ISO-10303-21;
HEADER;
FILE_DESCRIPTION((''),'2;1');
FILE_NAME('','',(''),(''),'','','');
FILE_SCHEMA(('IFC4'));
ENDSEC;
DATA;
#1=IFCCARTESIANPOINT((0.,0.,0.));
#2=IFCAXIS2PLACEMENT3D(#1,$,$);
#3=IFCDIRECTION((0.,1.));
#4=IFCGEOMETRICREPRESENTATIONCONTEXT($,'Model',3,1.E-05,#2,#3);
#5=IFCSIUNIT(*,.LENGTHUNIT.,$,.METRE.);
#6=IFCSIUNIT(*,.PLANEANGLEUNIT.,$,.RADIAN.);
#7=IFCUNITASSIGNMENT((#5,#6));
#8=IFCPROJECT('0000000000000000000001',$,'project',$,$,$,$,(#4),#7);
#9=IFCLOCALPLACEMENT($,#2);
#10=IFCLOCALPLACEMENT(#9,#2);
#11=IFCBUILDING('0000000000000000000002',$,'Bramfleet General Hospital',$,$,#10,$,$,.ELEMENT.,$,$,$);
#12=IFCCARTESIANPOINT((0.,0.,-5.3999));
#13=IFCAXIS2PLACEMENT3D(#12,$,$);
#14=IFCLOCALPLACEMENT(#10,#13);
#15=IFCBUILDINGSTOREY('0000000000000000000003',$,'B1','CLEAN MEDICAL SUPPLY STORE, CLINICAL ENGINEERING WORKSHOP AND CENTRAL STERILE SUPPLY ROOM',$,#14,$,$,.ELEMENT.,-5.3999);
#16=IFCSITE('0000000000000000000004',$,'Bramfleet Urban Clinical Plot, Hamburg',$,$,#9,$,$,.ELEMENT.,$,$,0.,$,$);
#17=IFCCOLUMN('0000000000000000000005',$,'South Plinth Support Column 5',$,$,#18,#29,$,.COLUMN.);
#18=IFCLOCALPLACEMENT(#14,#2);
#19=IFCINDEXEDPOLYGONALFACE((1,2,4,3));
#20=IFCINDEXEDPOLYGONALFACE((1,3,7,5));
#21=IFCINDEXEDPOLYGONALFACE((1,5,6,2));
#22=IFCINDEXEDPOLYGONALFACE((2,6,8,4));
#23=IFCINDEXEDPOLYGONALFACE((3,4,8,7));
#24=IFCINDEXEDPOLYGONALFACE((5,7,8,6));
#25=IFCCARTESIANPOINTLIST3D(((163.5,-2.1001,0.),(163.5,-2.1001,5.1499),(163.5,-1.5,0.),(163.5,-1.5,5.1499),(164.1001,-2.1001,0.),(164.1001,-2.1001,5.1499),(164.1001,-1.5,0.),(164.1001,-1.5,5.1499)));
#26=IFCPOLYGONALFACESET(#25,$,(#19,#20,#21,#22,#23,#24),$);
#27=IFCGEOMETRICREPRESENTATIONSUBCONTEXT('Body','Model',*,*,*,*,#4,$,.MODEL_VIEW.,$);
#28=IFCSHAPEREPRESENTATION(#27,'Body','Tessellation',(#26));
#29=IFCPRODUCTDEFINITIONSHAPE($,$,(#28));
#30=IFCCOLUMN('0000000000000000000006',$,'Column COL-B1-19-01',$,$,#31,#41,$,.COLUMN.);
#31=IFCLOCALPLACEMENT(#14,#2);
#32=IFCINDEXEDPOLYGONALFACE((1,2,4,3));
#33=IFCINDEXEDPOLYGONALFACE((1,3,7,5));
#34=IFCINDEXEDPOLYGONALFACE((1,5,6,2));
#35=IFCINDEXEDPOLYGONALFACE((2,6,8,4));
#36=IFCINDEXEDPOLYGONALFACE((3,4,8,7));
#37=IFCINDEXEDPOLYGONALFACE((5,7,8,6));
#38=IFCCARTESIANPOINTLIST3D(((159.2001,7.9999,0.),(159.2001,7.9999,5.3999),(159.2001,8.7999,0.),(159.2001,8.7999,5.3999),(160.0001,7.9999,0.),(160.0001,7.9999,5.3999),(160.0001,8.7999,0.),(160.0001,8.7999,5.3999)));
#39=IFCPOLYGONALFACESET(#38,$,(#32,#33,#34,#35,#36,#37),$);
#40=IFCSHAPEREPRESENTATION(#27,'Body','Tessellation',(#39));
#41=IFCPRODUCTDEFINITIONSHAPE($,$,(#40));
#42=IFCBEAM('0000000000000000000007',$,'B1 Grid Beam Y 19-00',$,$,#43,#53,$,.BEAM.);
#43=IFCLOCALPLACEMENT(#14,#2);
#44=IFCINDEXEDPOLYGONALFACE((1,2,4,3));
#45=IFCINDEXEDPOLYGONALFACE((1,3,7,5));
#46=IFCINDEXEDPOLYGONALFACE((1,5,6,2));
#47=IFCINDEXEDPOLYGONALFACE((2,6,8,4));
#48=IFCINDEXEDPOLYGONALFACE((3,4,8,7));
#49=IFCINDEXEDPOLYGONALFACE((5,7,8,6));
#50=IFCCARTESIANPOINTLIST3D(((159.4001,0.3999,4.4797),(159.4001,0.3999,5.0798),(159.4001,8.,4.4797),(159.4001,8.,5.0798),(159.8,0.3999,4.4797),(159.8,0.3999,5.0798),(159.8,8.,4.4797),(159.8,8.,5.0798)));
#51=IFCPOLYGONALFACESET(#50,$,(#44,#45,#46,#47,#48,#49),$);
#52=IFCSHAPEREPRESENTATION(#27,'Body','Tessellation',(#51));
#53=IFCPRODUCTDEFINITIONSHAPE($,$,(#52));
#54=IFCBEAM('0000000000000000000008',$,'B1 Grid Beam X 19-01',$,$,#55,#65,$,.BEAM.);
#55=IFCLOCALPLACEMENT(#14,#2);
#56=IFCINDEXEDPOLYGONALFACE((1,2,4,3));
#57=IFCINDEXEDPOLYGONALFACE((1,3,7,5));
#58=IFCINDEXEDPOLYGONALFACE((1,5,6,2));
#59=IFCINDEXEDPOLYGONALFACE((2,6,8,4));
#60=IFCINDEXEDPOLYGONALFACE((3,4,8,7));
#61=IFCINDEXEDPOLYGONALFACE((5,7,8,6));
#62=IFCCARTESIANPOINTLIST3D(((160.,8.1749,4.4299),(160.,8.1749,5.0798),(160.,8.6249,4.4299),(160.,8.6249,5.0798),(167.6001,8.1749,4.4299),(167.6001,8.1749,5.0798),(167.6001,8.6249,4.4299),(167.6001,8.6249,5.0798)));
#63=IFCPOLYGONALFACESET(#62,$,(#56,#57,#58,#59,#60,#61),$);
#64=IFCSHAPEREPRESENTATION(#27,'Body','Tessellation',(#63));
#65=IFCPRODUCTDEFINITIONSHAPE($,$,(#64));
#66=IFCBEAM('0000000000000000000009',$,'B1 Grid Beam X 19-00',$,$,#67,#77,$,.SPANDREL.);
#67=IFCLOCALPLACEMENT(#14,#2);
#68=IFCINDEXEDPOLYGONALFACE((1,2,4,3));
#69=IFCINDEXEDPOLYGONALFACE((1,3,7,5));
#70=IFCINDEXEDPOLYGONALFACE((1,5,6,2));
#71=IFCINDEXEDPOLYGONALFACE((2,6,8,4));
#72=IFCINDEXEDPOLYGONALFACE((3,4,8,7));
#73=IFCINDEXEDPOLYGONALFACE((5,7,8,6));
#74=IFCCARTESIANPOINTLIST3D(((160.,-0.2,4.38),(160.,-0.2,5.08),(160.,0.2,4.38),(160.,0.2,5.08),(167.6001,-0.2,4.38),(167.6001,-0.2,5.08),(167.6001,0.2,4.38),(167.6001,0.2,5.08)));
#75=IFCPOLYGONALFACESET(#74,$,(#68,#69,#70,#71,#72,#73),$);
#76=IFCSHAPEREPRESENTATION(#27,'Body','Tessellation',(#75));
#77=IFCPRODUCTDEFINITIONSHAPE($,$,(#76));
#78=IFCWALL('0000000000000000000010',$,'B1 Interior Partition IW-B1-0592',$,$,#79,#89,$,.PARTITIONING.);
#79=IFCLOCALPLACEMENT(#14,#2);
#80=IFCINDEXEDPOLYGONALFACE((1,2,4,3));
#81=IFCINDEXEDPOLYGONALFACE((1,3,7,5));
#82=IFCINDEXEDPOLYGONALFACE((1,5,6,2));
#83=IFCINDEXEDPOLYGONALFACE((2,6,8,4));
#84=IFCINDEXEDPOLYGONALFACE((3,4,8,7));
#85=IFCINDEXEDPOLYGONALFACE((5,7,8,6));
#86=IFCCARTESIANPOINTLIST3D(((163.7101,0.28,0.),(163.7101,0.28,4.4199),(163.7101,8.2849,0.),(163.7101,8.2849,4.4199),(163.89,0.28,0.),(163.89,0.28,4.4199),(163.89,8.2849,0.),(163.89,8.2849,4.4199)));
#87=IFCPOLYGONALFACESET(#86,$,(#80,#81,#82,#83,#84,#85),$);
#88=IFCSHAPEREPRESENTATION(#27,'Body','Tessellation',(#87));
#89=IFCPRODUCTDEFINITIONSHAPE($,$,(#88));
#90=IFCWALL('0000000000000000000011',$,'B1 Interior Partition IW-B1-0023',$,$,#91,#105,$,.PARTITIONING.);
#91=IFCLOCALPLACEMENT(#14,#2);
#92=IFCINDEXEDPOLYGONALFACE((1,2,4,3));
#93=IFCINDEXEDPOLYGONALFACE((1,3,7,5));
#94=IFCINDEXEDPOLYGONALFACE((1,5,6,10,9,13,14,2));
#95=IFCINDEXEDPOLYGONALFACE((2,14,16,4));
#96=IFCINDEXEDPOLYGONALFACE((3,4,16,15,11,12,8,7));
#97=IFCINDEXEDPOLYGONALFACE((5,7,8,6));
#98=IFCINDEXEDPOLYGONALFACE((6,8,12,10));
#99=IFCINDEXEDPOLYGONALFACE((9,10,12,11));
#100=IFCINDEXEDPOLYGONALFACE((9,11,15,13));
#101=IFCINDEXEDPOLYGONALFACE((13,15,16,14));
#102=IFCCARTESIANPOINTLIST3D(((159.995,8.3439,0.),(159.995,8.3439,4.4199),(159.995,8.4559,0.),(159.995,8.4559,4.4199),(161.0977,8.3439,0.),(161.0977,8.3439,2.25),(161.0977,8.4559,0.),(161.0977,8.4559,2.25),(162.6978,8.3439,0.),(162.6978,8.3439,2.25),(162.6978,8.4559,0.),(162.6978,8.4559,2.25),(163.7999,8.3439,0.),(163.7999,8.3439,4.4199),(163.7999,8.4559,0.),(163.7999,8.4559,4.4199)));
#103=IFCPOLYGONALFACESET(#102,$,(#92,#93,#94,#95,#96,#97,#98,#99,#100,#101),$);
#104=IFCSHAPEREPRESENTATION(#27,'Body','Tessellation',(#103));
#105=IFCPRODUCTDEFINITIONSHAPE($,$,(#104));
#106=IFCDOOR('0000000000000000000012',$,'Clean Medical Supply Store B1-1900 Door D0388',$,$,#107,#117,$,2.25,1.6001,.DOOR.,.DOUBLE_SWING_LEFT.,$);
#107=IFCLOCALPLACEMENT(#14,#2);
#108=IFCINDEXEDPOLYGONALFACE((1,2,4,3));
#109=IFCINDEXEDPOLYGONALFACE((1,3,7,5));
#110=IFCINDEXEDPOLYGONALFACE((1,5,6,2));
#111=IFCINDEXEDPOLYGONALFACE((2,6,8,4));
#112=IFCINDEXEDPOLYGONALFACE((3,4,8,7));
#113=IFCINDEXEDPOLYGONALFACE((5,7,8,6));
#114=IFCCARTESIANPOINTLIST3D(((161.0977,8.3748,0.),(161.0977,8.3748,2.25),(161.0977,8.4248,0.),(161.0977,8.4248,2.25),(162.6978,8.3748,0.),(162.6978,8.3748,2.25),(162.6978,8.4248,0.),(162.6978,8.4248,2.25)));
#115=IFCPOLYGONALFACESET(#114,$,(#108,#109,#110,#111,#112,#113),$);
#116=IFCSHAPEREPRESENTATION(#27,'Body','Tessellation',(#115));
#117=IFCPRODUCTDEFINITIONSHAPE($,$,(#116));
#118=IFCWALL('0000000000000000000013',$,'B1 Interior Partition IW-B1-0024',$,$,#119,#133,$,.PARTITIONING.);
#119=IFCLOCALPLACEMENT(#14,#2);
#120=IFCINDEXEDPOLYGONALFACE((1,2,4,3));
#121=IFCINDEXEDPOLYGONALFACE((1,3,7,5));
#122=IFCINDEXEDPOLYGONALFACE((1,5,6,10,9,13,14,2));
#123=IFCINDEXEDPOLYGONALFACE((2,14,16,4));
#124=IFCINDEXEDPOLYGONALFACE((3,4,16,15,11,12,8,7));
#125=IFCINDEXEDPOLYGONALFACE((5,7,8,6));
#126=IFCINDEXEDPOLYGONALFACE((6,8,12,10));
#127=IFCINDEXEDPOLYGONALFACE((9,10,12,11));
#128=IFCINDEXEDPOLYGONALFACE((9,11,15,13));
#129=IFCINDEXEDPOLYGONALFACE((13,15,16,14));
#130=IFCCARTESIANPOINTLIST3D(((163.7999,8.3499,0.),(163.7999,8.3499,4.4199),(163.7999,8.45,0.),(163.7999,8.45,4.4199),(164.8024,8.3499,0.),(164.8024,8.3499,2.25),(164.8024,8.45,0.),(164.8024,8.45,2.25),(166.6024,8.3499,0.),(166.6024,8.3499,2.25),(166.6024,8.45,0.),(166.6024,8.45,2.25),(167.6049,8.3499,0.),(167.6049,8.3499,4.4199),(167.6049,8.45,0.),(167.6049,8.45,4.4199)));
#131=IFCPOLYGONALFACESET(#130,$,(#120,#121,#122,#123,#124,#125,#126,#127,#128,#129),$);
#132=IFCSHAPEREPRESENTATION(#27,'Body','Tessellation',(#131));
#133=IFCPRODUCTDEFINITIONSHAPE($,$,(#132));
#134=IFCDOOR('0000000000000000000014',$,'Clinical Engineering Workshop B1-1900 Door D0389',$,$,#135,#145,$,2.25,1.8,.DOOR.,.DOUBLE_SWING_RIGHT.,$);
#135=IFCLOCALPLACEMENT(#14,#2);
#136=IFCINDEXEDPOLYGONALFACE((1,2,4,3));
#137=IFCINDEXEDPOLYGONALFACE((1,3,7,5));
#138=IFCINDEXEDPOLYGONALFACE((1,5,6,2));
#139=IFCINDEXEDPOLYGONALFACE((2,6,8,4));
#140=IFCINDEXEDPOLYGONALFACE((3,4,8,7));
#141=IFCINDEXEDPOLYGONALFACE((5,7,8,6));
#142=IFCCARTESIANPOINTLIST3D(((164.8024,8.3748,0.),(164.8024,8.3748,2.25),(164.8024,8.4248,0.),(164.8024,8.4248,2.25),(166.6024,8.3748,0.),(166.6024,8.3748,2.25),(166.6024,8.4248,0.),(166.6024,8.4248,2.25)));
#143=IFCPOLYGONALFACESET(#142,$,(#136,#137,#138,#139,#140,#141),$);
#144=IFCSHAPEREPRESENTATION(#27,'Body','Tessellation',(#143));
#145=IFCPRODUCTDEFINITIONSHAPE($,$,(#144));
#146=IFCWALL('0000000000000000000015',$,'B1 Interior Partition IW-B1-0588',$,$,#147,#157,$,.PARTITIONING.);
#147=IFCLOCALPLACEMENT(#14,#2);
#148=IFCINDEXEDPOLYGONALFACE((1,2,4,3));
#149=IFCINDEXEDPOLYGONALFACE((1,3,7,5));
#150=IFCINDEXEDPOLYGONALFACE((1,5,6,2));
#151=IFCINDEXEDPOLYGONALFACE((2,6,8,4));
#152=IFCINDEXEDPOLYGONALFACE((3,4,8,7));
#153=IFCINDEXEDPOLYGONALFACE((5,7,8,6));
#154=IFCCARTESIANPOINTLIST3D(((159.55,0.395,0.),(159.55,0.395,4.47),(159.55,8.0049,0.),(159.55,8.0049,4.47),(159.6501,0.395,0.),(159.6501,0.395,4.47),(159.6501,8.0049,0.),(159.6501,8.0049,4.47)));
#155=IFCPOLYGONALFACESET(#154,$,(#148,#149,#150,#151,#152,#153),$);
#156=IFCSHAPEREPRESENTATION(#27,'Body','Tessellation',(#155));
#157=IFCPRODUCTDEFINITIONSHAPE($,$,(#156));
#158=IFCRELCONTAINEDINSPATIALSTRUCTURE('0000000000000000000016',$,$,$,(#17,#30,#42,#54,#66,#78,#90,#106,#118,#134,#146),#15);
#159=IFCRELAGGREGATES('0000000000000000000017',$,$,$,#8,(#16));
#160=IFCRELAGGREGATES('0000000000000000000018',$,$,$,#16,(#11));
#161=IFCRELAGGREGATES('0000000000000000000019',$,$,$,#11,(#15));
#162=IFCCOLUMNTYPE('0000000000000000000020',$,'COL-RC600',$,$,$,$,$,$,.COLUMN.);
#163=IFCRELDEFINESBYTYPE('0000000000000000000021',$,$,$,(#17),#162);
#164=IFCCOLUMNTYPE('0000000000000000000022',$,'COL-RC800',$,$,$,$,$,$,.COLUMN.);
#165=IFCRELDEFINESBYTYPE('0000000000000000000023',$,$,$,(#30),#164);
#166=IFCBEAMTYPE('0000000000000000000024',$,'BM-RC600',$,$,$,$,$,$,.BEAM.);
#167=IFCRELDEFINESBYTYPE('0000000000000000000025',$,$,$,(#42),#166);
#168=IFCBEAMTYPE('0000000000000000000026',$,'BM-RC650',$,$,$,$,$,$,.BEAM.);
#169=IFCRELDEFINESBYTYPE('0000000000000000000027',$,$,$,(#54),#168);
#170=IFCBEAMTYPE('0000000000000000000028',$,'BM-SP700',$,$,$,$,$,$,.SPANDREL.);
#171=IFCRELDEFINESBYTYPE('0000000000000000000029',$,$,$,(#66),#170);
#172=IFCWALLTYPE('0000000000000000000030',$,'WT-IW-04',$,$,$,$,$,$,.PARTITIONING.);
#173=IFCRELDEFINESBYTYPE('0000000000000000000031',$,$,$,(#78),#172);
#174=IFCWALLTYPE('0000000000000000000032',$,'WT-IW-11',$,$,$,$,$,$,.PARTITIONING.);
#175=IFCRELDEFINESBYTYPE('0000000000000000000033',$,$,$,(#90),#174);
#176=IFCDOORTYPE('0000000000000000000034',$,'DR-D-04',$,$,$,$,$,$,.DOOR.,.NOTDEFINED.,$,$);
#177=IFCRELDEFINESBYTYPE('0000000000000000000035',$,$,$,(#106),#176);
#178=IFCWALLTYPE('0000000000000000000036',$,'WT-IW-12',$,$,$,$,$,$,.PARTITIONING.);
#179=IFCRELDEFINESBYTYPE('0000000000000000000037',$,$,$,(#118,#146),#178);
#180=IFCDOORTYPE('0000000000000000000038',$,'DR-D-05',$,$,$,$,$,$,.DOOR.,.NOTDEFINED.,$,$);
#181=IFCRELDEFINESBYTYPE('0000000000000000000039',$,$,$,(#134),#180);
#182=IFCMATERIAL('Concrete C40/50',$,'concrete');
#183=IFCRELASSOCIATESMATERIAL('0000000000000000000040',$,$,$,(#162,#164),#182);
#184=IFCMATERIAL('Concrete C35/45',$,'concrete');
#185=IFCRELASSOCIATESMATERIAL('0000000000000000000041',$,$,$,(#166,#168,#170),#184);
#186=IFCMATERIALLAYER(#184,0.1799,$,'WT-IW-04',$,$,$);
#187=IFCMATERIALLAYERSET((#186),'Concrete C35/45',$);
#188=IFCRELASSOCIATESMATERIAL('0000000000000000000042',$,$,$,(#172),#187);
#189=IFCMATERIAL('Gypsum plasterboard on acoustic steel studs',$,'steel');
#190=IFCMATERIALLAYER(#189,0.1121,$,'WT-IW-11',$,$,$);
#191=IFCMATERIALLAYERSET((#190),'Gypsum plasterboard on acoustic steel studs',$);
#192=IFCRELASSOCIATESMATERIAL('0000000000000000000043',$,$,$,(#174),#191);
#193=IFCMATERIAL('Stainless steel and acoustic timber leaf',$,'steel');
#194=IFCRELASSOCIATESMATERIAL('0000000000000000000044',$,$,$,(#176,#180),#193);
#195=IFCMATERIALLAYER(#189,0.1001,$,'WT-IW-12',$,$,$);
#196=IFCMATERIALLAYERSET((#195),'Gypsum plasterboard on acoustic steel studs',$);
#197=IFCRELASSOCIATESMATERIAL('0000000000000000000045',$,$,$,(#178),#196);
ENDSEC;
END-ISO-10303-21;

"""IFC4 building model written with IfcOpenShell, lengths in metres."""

from ifc_helpers import new_model, si_unit, direction, frame, frame_2d, origin, origin_2d, place, context, subcontext, project, spatial, rectangle, extrude, material, layer, layer_set, material_profile, profile_set, type_object, element, fill, save


model = new_model("IFC4")

# Units and contexts
model_context = context("Model", 3, precision=1e-05, world=origin(), true_north=direction((0.0, 1.0)))
body_context = subcontext(model_context, "Body", "Model", "MODEL_VIEW")
ifc_project = project(units=[si_unit("LENGTHUNIT", "METRE"), si_unit("PLANEANGLEUNIT", "RADIAN")], contexts=[model_context])

# Site, building, storey
site_placement = place(None, origin())
site = spatial("IfcSite", under=ifc_project, at=site_placement, Name="Bramfleet Urban Clinical Plot, Hamburg", CompositionType="ELEMENT", RefElevation=0.0)
building_placement = place(site_placement, origin())
building = spatial("IfcBuilding", under=site, at=building_placement, Name="Bramfleet General Hospital", CompositionType="ELEMENT")
storey_placement = place(building_placement, frame((0.0, 0.0, -5.3999)))
storey = spatial("IfcBuildingStorey", under=building, at=storey_placement, Name="B1", Description="CLEAN MEDICAL SUPPLY STORE, CLINICAL ENGINEERING WORKSHOP AND CENTRAL STERILE SUPPLY ROOM", CompositionType="ELEMENT", Elevation=-5.3999)

# Shared definitions
ifc_material_1 = material(Name="Concrete C35/45", Category="concrete")

# Columns
ifc_material_2 = material(Name="Concrete C40/50", Category="concrete")
ifc_material_profile_1 = material_profile(ifc_material_2, rectangle(XDim=0.6001, YDim=0.6001, at=origin_2d()), Name="RC COL 600x600")
ifc_profile_set_1 = profile_set([ifc_material_profile_1], Name="Concrete C40/50")
column_type_1 = type_object("IfcColumnType", Name="COL-RC600", PredefinedType="COLUMN", material=ifc_profile_set_1)
column_1_placement = place(storey_placement, frame((163.8, -1.8, 0.0), z_axis=(0.0, 0.0, 1.0), x_axis=(1.0, 0.0, 0.0)))
element("IfcColumn", 1, at=column_1_placement, inside=storey, type_object=column_type_1, Name="South Plinth Support Column 5", PredefinedType="COLUMN", context=body_context, shape_type="SweptSolid", body=[
    extrude(rectangle(XDim=0.6001, YDim=0.6001, at=origin_2d()), origin(), (0.0, 0.0, 1.0), 5.1499),
])
ifc_material_profile_2 = material_profile(ifc_material_2, rectangle(XDim=0.8, YDim=0.8, at=origin_2d()), Name="RC COL 800x800")
ifc_profile_set_2 = profile_set([ifc_material_profile_2], Name="Concrete C40/50")
column_type_2 = type_object("IfcColumnType", Name="COL-RC800", PredefinedType="COLUMN", material=ifc_profile_set_2)
column_2_placement = place(storey_placement, frame((159.6001, 8.3999, 0.0), z_axis=(0.0, 0.0, 1.0), x_axis=(1.0, 0.0, 0.0)))
element("IfcColumn", 2, at=column_2_placement, inside=storey, type_object=column_type_2, Name="Column COL-B1-19-01", PredefinedType="COLUMN", context=body_context, shape_type="SweptSolid", body=[
    extrude(rectangle(XDim=0.8, YDim=0.8, at=origin_2d()), origin(), (0.0, 0.0, 1.0), 5.3999),
])

# Beams
ifc_material_profile_3 = material_profile(ifc_material_1, rectangle(XDim=0.3999, YDim=0.6001, at=origin_2d()), Name="RC BM 600x400")
ifc_profile_set_3 = profile_set([ifc_material_profile_3], Name="Concrete C35/45")
beam_type_1 = type_object("IfcBeamType", Name="BM-RC600", PredefinedType="BEAM", material=ifc_profile_set_3)
beam_1_placement = place(storey_placement, frame((159.6001, 0.3999, 4.7798), z_axis=(0.0, 1.0, 0.0), x_axis=(-1.0, 0.0, 0.0)))
element("IfcBeam", 3, at=beam_1_placement, inside=storey, type_object=beam_type_1, Name="B1 Grid Beam Y 19-00", PredefinedType="BEAM", context=body_context, shape_type="SweptSolid", body=[
    extrude(rectangle(XDim=0.3999, YDim=0.6001, at=origin_2d()), origin(), (0.0, 0.0, 1.0), 7.6001),
])
ifc_material_profile_4 = material_profile(ifc_material_1, rectangle(XDim=0.45, YDim=0.6499, at=origin_2d()), Name="RC BM 650x450")
ifc_profile_set_4 = profile_set([ifc_material_profile_4], Name="Concrete C35/45")
beam_type_2 = type_object("IfcBeamType", Name="BM-RC650", PredefinedType="BEAM", material=ifc_profile_set_4)
beam_2_placement = place(storey_placement, frame((160.0, 8.3999, 4.7549), z_axis=(1.0, 0.0, 0.0), x_axis=(0.0, 1.0, 0.0)))
element("IfcBeam", 4, at=beam_2_placement, inside=storey, type_object=beam_type_2, Name="B1 Grid Beam X 19-01", PredefinedType="BEAM", context=body_context, shape_type="SweptSolid", body=[
    extrude(rectangle(XDim=0.45, YDim=0.6499, at=origin_2d()), origin(), (0.0, 0.0, 1.0), 7.6001),
])
ifc_material_profile_5 = material_profile(ifc_material_1, rectangle(XDim=0.3999, YDim=0.7, at=origin_2d()), Name="RC SP 700x400")
ifc_profile_set_5 = profile_set([ifc_material_profile_5], Name="Concrete C35/45")
beam_type_3 = type_object("IfcBeamType", Name="BM-SP700", PredefinedType="SPANDREL", material=ifc_profile_set_5)
beam_3_placement = place(storey_placement, frame((160.0, 0.0, 4.73), z_axis=(1.0, 0.0, 0.0), x_axis=(0.0, 1.0, 0.0)))
element("IfcBeam", 5, at=beam_3_placement, inside=storey, type_object=beam_type_3, Name="B1 Grid Beam X 19-00", PredefinedType="SPANDREL", context=body_context, shape_type="SweptSolid", body=[
    extrude(rectangle(XDim=0.3999, YDim=0.7, at=origin_2d()), origin(), (0.0, 0.0, 1.0), 7.6001),
])

# Wall
ifc_layer_1 = layer(ifc_material_1, 0.1799, Name="WT-IW-04")
ifc_layer_set_1 = layer_set([ifc_layer_1], Name="Concrete C35/45")
wall_type_1 = type_object("IfcWallType", Name="WT-IW-04", PredefinedType="PARTITIONING", material=ifc_layer_set_1)
wall_1_placement = place(storey_placement, frame((163.8, 0.28, 0.0), z_axis=(0.0, 0.0, 1.0), x_axis=(0.0, 1.0, 0.0)))
element("IfcWall", 6, at=wall_1_placement, inside=storey, type_object=wall_type_1, Name="B1 Interior Partition IW-B1-0592", PredefinedType="PARTITIONING", context=body_context, shape_type="SweptSolid", body=[
    extrude(rectangle(XDim=8.0049, YDim=0.1799, at=frame_2d((4.0024, 0.0))), origin(), (0.0, 0.0, 1.0), 4.4199),
])

# Walls, openings, doors
ifc_material_3 = material(Name="Gypsum plasterboard on acoustic steel studs", Category="steel")
ifc_layer_2 = layer(ifc_material_3, 0.1121, Name="WT-IW-11")
ifc_layer_set_2 = layer_set([ifc_layer_2], Name="Gypsum plasterboard on acoustic steel studs")
wall_type_2 = type_object("IfcWallType", Name="WT-IW-11", PredefinedType="PARTITIONING", material=ifc_layer_set_2)
wall_2_placement = place(storey_placement, frame((159.9951, 8.3999, 0.0), z_axis=(0.0, 0.0, 1.0), x_axis=(1.0, 0.0, 0.0)))
wall_2 = element("IfcWall", 7, at=wall_2_placement, inside=storey, type_object=wall_type_2, Name="B1 Interior Partition IW-B1-0023", PredefinedType="PARTITIONING", context=body_context, shape_type="SweptSolid", body=[
    extrude(rectangle(XDim=3.8049, YDim=0.1121, at=frame_2d((1.9023, 0.0))), origin(), (0.0, 0.0, 1.0), 4.4199),
])
opening_1_placement = place(wall_2_placement, frame((1.1025, 0.0, 0.0)))
opening_1 = element("IfcOpeningElement", 8, at=opening_1_placement, cuts=wall_2, PredefinedType="OPENING", context=body_context, shape_type="SweptSolid", body=[
    extrude(rectangle(XDim=1.6001, YDim=2.25, at=frame_2d((0.8, 1.125))), frame((0.0, 0.0659, 0.0), z_axis=(0.0, -1.0, 0.0), x_axis=(1.0, 0.0, 0.0)), (0.0, 0.0, 1.0), 0.1321),
])
ifc_material_4 = material(Name="Stainless steel and acoustic timber leaf", Category="steel")
door_type_1 = type_object("IfcDoorType", Name="DR-D-04", OperationType="NOTDEFINED", PredefinedType="DOOR", material=ifc_material_4)
door_1_placement = place(opening_1_placement, origin())
door_1 = element("IfcDoor", 9, at=door_1_placement, inside=storey, type_object=door_type_1, Name="Clean Medical Supply Store B1-1900 Door D0388", OperationType="DOUBLE_SWING_LEFT", OverallHeight=2.25, OverallWidth=1.6001, PredefinedType="DOOR", context=body_context, shape_type="SweptSolid", body=[
    extrude(rectangle(XDim=1.6001, YDim=2.25, at=frame_2d((0.8, 1.125))), frame((0.0, 0.0249, 0.0), z_axis=(0.0, -1.0, 0.0), x_axis=(1.0, 0.0, 0.0)), (0.0, 0.0, 1.0), 0.05),
])
fill(opening_1, door_1)
ifc_layer_3 = layer(ifc_material_3, 0.1001, Name="WT-IW-12")
ifc_layer_set_3 = layer_set([ifc_layer_3], Name="Gypsum plasterboard on acoustic steel studs")
wall_type_3 = type_object("IfcWallType", Name="WT-IW-12", PredefinedType="PARTITIONING", material=ifc_layer_set_3)
wall_3_placement = place(storey_placement, frame((163.8, 8.3999, 0.0), z_axis=(0.0, 0.0, 1.0), x_axis=(1.0, 0.0, 0.0)))
wall_3 = element("IfcWall", 10, at=wall_3_placement, inside=storey, type_object=wall_type_3, Name="B1 Interior Partition IW-B1-0024", PredefinedType="PARTITIONING", context=body_context, shape_type="SweptSolid", body=[
    extrude(rectangle(XDim=3.8049, YDim=0.1001, at=frame_2d((1.9023, 0.0))), origin(), (0.0, 0.0, 1.0), 4.4199),
])
opening_2_placement = place(wall_3_placement, frame((1.0024, 0.0, 0.0)))
opening_2 = element("IfcOpeningElement", 11, at=opening_2_placement, cuts=wall_3, PredefinedType="OPENING", context=body_context, shape_type="SweptSolid", body=[
    extrude(rectangle(XDim=1.8, YDim=2.25, at=frame_2d((0.8999, 1.125))), frame((0.0, 0.0601, 0.0), z_axis=(0.0, -1.0, 0.0), x_axis=(1.0, 0.0, 0.0)), (0.0, 0.0, 1.0), 0.1201),
])
door_type_2 = type_object("IfcDoorType", Name="DR-D-05", OperationType="NOTDEFINED", PredefinedType="DOOR", material=ifc_material_4)
door_2_placement = place(opening_2_placement, origin())
door_2 = element("IfcDoor", 12, at=door_2_placement, inside=storey, type_object=door_type_2, Name="Clinical Engineering Workshop B1-1900 Door D0389", OperationType="DOUBLE_SWING_RIGHT", OverallHeight=2.25, OverallWidth=1.8, PredefinedType="DOOR", context=body_context, shape_type="SweptSolid", body=[
    extrude(rectangle(XDim=1.8, YDim=2.25, at=frame_2d((0.8999, 1.125))), frame((0.0, 0.0249, 0.0), z_axis=(0.0, -1.0, 0.0), x_axis=(1.0, 0.0, 0.0)), (0.0, 0.0, 1.0), 0.05),
])
fill(opening_2, door_2)

# Wall
wall_4_placement = place(storey_placement, frame((159.6001, 0.395, 0.0), z_axis=(0.0, 0.0, 1.0), x_axis=(0.0, 1.0, 0.0)))
element("IfcWall", 13, at=wall_4_placement, inside=storey, type_object=wall_type_3, Name="B1 Interior Partition IW-B1-0588", PredefinedType="PARTITIONING", context=body_context, shape_type="SweptSolid", body=[
    extrude(rectangle(XDim=7.6099, YDim=0.1001, at=frame_2d((3.8049, 0.0))), origin(), (0.0, 0.0, 1.0), 4.47),
])

save(model, "model.ifc")
